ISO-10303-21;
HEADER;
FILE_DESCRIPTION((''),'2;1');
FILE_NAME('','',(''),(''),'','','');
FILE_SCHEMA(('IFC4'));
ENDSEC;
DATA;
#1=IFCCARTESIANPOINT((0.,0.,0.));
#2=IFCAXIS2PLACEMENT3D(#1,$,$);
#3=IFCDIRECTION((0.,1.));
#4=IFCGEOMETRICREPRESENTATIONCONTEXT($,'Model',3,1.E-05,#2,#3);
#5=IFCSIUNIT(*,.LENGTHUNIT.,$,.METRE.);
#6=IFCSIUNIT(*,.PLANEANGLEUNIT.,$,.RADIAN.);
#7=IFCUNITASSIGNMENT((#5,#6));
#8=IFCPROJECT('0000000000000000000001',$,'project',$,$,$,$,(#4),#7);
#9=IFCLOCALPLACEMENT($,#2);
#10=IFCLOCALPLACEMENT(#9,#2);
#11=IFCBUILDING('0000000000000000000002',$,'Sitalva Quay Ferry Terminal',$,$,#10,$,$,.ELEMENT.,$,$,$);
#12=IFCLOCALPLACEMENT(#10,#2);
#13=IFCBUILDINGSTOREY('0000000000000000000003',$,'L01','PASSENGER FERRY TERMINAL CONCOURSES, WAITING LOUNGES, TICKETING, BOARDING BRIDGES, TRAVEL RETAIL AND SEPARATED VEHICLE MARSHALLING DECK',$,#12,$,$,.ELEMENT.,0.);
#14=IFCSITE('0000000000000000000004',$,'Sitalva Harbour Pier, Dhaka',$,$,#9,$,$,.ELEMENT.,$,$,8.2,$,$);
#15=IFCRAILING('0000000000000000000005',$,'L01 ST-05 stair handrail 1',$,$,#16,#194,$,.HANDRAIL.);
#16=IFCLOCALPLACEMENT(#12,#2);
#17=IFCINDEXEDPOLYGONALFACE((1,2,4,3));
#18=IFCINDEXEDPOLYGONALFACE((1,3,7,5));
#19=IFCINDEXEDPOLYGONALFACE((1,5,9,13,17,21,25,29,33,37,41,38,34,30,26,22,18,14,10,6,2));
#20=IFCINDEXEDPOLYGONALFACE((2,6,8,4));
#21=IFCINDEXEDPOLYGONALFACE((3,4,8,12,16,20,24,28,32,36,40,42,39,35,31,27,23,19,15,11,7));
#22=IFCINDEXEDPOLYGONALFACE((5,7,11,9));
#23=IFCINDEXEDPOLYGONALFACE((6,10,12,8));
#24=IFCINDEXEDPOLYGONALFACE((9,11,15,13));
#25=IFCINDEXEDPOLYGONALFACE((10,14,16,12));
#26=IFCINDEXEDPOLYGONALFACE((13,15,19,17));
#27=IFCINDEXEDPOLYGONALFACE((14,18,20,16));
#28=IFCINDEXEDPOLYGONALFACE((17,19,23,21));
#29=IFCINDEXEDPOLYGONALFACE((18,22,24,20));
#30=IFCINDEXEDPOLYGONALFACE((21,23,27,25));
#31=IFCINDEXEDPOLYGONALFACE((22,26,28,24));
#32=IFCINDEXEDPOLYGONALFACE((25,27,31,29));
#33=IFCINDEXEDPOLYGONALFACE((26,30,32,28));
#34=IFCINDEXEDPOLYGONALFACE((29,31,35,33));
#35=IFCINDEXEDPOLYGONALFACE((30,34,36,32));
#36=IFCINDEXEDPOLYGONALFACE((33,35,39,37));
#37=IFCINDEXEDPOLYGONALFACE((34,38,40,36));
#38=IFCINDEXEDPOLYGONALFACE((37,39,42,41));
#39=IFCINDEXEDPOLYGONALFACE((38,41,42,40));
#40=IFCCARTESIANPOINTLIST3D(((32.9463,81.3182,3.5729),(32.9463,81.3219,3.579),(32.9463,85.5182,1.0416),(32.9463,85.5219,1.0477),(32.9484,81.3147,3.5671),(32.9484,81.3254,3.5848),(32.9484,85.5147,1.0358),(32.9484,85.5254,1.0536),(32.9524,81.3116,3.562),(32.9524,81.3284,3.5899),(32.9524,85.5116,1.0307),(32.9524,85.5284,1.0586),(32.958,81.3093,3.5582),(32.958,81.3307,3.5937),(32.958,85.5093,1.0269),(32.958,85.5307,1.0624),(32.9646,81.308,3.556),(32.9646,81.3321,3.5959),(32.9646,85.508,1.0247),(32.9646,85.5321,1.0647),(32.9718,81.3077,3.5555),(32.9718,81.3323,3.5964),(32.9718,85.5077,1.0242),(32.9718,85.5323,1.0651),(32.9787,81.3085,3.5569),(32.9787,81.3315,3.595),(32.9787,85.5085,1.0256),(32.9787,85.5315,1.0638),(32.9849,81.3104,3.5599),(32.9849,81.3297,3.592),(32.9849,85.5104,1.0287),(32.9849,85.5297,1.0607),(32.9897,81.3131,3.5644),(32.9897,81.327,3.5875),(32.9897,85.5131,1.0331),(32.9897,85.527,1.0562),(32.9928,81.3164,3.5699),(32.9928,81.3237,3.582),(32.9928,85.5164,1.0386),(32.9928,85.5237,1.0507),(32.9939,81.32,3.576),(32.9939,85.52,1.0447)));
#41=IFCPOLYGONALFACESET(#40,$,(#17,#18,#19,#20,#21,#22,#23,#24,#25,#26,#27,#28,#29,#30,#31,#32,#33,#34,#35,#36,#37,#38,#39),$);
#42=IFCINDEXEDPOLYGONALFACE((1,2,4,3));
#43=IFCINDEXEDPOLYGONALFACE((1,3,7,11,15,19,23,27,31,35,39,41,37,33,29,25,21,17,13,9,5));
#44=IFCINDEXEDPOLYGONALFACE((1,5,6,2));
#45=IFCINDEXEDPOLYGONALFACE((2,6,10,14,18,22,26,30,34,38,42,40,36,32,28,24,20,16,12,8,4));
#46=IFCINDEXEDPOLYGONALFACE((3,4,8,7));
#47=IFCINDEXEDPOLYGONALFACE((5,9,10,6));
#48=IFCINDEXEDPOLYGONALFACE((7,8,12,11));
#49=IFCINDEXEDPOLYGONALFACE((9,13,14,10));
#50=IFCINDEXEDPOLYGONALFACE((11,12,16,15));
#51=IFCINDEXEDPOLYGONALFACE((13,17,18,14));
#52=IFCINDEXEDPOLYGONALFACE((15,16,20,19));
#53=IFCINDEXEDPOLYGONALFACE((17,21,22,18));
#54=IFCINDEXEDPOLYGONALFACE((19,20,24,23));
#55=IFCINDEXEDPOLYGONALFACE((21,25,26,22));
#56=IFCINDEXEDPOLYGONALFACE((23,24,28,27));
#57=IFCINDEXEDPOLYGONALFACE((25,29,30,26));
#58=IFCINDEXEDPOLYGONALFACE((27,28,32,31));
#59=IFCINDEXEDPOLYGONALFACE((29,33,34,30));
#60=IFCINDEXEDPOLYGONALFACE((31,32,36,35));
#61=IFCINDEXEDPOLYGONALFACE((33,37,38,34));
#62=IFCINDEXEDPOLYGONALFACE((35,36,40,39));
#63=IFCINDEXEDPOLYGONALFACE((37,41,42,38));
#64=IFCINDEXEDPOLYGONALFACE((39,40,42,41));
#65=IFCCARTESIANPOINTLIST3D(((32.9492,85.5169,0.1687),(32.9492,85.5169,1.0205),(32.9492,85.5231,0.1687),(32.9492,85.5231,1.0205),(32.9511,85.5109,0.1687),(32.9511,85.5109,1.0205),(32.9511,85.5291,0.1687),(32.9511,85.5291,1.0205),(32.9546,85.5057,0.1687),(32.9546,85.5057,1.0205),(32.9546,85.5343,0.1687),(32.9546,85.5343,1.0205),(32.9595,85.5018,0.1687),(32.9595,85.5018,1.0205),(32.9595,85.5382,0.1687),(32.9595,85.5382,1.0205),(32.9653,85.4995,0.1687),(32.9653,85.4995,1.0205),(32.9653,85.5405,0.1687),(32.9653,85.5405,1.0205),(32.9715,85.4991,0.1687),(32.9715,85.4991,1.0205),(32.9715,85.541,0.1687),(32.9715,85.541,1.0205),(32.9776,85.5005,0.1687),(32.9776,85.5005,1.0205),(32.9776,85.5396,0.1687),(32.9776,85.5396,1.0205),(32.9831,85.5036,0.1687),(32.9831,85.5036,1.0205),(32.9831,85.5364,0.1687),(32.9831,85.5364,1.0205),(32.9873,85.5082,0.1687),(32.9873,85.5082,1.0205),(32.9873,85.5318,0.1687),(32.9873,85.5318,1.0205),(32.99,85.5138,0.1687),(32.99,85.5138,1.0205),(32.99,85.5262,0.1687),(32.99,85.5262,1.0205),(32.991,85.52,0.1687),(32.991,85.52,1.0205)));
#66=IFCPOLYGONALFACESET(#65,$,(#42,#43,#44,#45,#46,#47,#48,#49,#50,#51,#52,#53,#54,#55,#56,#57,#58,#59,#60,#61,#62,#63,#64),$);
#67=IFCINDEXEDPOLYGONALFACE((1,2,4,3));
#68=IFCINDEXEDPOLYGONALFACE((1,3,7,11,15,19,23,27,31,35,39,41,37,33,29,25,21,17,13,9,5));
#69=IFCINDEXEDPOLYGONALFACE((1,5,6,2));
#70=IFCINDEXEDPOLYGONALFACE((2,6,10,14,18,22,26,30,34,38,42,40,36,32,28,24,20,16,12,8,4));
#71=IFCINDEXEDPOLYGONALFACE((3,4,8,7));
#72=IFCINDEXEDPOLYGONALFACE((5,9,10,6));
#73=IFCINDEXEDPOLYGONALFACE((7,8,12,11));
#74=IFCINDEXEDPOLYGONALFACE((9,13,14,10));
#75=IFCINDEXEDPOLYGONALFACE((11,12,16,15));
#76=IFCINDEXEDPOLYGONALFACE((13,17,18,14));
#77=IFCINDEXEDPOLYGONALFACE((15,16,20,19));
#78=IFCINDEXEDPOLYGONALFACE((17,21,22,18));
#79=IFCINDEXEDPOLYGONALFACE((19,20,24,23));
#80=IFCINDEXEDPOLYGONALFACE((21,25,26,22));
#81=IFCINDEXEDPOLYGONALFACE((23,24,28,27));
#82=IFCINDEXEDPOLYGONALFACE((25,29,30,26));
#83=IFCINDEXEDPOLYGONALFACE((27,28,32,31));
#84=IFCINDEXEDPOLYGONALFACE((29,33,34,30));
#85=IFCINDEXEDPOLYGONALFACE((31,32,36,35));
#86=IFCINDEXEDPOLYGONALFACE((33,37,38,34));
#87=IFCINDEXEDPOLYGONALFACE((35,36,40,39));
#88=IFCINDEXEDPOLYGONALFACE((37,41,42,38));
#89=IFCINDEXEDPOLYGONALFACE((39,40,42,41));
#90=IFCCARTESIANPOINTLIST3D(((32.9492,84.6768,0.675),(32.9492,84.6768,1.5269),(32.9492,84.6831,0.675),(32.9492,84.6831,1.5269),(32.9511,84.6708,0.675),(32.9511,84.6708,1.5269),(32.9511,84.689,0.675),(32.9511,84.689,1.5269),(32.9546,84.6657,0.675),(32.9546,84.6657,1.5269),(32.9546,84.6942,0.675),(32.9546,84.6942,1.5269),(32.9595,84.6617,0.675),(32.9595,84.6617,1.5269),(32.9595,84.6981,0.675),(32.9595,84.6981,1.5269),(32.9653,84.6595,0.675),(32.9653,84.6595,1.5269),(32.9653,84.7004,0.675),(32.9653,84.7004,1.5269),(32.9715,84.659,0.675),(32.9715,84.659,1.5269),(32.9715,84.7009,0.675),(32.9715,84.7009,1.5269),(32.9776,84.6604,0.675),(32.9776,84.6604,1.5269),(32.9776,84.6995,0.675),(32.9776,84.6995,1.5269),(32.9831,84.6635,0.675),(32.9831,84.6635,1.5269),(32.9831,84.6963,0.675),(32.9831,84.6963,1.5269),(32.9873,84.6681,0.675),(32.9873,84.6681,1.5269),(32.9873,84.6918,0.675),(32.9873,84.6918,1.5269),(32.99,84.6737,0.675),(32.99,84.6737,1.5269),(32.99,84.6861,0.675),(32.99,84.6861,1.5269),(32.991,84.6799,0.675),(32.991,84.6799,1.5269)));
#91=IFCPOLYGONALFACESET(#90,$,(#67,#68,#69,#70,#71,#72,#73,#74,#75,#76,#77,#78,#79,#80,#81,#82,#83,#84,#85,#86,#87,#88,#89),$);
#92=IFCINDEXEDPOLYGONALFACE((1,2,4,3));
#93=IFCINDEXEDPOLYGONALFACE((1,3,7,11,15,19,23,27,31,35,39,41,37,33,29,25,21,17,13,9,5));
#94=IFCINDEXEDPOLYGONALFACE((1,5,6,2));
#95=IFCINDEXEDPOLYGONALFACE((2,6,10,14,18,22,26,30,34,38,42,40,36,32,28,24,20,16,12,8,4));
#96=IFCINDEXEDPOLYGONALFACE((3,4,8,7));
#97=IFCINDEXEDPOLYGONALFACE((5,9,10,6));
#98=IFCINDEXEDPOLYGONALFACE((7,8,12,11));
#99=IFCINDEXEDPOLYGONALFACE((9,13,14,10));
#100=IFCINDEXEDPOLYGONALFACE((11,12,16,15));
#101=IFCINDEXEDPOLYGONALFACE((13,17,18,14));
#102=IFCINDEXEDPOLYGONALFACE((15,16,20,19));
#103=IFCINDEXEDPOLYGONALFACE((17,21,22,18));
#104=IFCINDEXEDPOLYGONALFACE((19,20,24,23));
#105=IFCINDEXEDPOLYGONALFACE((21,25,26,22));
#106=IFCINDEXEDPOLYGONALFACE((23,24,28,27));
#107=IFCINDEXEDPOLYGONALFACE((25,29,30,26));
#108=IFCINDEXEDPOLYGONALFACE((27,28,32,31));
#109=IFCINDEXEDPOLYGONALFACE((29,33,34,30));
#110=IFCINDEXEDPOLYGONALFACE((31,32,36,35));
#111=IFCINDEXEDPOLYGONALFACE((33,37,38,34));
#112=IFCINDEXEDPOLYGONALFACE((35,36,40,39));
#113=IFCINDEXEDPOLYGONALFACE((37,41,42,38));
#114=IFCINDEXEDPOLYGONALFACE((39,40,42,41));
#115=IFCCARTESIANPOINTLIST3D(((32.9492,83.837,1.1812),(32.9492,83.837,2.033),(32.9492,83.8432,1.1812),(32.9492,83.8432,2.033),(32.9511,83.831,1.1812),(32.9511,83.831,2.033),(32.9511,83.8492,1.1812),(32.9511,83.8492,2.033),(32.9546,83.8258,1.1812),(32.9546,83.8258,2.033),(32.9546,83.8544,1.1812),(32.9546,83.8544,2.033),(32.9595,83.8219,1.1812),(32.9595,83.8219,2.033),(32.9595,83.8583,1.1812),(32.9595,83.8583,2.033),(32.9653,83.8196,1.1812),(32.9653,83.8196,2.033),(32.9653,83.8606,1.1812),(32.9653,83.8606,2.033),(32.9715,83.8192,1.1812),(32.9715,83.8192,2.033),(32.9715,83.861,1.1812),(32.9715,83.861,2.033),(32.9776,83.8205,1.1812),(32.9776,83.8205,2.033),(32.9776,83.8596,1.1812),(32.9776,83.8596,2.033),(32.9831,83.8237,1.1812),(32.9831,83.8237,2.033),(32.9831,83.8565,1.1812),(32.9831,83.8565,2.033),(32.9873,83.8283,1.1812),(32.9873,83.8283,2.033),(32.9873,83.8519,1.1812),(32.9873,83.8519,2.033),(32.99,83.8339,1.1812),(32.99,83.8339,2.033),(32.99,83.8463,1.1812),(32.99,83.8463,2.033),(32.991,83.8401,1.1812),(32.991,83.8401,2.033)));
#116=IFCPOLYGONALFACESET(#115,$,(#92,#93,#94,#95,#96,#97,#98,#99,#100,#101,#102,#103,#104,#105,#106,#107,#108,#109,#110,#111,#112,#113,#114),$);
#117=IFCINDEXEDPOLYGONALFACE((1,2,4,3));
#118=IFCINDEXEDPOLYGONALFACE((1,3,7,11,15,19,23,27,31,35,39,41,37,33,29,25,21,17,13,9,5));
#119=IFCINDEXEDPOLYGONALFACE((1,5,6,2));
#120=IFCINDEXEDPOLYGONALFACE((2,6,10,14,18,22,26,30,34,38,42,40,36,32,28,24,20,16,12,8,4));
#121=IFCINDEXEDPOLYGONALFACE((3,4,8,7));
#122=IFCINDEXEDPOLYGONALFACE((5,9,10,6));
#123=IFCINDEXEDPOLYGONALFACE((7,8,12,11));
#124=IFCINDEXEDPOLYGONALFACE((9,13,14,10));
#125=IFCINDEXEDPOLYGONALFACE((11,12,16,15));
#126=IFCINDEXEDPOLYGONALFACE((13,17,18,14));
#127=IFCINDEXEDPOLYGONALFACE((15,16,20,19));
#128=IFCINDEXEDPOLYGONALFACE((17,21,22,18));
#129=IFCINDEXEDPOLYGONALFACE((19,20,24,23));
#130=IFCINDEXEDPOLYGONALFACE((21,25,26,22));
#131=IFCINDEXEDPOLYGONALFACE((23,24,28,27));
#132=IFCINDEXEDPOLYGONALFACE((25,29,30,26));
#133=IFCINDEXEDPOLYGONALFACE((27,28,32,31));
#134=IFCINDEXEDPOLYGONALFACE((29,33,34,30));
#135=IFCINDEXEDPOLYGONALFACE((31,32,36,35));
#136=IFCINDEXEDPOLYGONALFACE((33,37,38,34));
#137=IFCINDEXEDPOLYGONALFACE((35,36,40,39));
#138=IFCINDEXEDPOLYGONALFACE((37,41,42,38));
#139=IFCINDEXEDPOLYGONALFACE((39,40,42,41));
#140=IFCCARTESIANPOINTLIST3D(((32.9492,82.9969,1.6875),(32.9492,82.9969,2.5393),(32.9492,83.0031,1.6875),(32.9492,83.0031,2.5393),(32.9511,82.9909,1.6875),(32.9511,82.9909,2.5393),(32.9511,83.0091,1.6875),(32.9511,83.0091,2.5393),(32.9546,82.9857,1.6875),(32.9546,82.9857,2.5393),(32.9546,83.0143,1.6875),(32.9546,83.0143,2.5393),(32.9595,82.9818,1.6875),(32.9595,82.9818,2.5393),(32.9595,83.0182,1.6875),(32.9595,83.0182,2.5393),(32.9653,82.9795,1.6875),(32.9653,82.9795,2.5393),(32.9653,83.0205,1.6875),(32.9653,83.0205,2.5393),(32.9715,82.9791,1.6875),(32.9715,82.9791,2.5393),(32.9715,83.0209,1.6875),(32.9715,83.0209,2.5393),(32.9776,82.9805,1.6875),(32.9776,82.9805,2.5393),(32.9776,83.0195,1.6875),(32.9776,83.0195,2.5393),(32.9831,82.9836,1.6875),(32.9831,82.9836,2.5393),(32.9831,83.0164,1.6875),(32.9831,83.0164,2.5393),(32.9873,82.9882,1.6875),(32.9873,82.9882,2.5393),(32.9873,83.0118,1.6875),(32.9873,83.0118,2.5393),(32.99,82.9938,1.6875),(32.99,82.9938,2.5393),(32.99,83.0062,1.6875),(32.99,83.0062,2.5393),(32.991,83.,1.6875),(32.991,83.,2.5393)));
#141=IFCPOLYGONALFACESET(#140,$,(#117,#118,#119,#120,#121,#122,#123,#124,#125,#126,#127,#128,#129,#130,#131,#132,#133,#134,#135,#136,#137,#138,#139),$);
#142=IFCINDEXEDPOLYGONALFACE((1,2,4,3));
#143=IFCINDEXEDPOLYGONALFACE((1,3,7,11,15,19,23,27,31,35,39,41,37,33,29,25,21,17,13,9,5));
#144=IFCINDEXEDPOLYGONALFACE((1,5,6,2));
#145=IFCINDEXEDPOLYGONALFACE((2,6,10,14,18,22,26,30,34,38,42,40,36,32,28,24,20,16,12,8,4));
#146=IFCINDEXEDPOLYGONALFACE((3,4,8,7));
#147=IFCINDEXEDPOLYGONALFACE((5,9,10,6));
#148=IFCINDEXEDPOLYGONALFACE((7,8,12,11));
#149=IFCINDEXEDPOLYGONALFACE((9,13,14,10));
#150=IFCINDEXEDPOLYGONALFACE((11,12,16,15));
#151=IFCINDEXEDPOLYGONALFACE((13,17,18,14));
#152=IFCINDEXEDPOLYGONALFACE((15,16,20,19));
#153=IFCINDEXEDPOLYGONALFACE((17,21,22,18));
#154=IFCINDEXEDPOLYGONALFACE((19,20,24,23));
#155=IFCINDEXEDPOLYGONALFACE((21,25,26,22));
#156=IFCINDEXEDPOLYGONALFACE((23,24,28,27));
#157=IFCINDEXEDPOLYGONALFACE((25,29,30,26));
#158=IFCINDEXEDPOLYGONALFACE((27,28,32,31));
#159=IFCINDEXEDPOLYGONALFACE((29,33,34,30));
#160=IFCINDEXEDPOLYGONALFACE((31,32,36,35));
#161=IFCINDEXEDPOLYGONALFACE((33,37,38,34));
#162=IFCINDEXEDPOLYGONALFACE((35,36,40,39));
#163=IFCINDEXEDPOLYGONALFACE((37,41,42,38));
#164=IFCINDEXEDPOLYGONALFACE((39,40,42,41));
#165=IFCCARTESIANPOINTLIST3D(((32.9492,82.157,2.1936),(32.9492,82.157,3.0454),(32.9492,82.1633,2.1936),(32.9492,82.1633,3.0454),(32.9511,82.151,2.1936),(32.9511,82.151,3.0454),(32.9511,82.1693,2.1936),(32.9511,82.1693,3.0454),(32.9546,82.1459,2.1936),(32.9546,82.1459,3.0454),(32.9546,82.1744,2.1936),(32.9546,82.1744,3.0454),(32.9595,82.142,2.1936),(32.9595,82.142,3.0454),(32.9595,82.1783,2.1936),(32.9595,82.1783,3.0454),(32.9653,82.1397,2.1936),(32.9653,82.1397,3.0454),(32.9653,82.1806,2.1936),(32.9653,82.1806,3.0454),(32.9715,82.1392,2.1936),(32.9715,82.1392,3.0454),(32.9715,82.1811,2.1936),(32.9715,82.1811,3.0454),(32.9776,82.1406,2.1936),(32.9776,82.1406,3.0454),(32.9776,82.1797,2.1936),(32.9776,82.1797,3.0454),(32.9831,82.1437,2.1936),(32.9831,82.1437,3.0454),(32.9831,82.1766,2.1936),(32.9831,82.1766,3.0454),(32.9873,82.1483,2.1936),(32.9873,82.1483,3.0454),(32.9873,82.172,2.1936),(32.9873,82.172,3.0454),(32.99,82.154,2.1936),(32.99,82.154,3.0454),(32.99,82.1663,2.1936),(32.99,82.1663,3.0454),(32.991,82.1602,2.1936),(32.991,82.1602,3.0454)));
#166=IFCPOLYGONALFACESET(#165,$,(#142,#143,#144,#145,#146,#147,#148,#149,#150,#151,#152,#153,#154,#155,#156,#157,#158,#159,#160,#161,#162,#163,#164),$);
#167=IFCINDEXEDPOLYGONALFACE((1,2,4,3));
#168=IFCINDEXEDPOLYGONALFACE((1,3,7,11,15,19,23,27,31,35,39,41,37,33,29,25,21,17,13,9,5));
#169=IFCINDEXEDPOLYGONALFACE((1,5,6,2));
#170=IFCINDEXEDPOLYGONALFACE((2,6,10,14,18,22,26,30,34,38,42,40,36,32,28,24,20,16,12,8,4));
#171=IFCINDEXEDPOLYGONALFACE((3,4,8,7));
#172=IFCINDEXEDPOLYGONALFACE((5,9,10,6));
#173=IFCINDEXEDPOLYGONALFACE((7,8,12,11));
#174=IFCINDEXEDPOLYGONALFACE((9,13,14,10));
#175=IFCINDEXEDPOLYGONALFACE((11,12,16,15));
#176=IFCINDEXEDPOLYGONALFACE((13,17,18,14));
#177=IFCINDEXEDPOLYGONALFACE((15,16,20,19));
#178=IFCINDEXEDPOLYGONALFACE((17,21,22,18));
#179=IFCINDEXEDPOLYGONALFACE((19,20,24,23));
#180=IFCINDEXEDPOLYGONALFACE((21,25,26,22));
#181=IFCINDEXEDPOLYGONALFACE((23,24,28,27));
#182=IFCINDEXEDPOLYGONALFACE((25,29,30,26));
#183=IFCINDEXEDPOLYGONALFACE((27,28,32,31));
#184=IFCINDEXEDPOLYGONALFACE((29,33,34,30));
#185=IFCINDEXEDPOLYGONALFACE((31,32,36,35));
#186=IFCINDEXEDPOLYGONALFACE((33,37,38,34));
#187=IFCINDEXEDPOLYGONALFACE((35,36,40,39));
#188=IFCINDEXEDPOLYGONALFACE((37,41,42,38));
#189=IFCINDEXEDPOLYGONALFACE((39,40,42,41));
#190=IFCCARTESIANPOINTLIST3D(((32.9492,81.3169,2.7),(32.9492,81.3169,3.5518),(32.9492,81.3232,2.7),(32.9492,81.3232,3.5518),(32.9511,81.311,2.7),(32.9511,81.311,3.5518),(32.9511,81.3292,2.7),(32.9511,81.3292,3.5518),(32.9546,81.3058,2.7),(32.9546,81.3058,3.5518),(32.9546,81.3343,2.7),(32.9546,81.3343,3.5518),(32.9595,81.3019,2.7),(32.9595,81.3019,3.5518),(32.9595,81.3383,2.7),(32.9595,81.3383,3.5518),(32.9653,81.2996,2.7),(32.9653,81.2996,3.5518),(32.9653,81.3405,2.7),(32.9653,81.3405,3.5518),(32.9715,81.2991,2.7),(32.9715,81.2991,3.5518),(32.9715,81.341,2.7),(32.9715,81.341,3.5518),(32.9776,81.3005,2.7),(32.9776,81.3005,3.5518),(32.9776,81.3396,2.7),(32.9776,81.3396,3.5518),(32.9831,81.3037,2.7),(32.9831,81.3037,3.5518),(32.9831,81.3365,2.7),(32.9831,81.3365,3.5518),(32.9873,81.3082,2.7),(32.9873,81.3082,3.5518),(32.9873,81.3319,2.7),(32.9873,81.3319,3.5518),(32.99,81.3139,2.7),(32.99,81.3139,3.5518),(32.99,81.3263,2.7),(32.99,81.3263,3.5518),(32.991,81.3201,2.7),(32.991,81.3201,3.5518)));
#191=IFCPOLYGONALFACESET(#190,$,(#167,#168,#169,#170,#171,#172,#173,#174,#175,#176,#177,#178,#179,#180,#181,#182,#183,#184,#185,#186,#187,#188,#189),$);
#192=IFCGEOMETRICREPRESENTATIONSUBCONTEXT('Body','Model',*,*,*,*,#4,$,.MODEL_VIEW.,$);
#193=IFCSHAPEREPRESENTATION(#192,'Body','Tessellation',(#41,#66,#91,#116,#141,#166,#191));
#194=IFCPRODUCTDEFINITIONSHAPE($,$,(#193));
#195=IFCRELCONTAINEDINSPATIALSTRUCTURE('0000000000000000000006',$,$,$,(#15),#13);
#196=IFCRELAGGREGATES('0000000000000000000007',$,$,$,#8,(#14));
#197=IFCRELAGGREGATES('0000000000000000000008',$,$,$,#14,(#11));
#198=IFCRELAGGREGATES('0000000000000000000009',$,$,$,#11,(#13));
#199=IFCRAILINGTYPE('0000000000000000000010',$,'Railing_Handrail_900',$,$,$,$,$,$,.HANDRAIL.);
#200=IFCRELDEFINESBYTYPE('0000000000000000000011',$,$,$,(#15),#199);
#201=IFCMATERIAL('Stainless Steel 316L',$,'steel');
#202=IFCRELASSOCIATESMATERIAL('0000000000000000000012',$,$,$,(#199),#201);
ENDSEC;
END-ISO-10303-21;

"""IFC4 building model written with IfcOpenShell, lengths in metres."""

from ifc_helpers import new_model, si_unit, direction, frame, origin, origin_2d, place, context, subcontext, project, spatial, circle, extrude, material, type_object, element, save


model = new_model("IFC4")

# Units and contexts
model_context = context("Model", 3, precision=1e-05, world=origin(), true_north=direction((0.0, 1.0)))
body_context = subcontext(model_context, "Body", "Model", "MODEL_VIEW")
ifc_project = project(units=[si_unit("LENGTHUNIT", "METRE"), si_unit("PLANEANGLEUNIT", "RADIAN")], contexts=[model_context])

# Site, building, storey
site_placement = place(None, origin())
site = spatial("IfcSite", under=ifc_project, at=site_placement, Name="Sitalva Harbour Pier, Dhaka", CompositionType="ELEMENT", RefElevation=8.2)
building_placement = place(site_placement, origin())
building = spatial("IfcBuilding", under=site, at=building_placement, Name="Sitalva Quay Ferry Terminal", CompositionType="ELEMENT")
storey_placement = place(building_placement, origin())
storey = spatial("IfcBuildingStorey", under=building, at=storey_placement, Name="L01", Description="PASSENGER FERRY TERMINAL CONCOURSES, WAITING LOUNGES, TICKETING, BOARDING BRIDGES, TRAVEL RETAIL AND SEPARATED VEHICLE MARSHALLING DECK", CompositionType="ELEMENT", Elevation=0.0)

# Railing
ifc_material_1 = material(Name="Stainless Steel 316L", Category="steel")
railing_type_1 = type_object("IfcRailingType", Name="Railing_Handrail_900", PredefinedType="HANDRAIL", material=ifc_material_1)
railing_1_placement = place(storey_placement, frame((32.97, 85.52, 0.1687)))
element("IfcRailing", 1, at=railing_1_placement, inside=storey, type_object=railing_type_1, Name="L01 ST-05 stair handrail 1", PredefinedType="HANDRAIL", context=body_context, shape_type="SweptSolid", body=[
    extrude(circle(Radius=0.0239, at=origin_2d()), frame((0.0, 0.0, 0.876), z_axis=(0.0, -0.856476, 0.516186), x_axis=(1.0, 0.0, 0.0)), (0.0, 0.0, 1.0), 4.9038),
    extrude(circle(Radius=0.021, at=origin_2d()), origin(), (0.0, 0.0, 1.0), 0.8518),
    extrude(circle(Radius=0.021, at=origin_2d()), frame((0.0, -0.8401, 0.5063)), (0.0, 0.0, 1.0), 0.8518),
    extrude(circle(Radius=0.021, at=origin_2d()), frame((0.0, -1.6799, 1.0125)), (0.0, 0.0, 1.0), 0.8518),
    extrude(circle(Radius=0.021, at=origin_2d()), frame((0.0, -2.52, 1.5188)), (0.0, 0.0, 1.0), 0.8518),
    extrude(circle(Radius=0.021, at=origin_2d()), frame((0.0, -3.3599, 2.0249)), (0.0, 0.0, 1.0), 0.8518),
    extrude(circle(Radius=0.021, at=origin_2d()), frame((0.0, -4.2, 2.5312)), (0.0, 0.0, 1.0), 0.8518),
])

save(model, "model.ifc")
